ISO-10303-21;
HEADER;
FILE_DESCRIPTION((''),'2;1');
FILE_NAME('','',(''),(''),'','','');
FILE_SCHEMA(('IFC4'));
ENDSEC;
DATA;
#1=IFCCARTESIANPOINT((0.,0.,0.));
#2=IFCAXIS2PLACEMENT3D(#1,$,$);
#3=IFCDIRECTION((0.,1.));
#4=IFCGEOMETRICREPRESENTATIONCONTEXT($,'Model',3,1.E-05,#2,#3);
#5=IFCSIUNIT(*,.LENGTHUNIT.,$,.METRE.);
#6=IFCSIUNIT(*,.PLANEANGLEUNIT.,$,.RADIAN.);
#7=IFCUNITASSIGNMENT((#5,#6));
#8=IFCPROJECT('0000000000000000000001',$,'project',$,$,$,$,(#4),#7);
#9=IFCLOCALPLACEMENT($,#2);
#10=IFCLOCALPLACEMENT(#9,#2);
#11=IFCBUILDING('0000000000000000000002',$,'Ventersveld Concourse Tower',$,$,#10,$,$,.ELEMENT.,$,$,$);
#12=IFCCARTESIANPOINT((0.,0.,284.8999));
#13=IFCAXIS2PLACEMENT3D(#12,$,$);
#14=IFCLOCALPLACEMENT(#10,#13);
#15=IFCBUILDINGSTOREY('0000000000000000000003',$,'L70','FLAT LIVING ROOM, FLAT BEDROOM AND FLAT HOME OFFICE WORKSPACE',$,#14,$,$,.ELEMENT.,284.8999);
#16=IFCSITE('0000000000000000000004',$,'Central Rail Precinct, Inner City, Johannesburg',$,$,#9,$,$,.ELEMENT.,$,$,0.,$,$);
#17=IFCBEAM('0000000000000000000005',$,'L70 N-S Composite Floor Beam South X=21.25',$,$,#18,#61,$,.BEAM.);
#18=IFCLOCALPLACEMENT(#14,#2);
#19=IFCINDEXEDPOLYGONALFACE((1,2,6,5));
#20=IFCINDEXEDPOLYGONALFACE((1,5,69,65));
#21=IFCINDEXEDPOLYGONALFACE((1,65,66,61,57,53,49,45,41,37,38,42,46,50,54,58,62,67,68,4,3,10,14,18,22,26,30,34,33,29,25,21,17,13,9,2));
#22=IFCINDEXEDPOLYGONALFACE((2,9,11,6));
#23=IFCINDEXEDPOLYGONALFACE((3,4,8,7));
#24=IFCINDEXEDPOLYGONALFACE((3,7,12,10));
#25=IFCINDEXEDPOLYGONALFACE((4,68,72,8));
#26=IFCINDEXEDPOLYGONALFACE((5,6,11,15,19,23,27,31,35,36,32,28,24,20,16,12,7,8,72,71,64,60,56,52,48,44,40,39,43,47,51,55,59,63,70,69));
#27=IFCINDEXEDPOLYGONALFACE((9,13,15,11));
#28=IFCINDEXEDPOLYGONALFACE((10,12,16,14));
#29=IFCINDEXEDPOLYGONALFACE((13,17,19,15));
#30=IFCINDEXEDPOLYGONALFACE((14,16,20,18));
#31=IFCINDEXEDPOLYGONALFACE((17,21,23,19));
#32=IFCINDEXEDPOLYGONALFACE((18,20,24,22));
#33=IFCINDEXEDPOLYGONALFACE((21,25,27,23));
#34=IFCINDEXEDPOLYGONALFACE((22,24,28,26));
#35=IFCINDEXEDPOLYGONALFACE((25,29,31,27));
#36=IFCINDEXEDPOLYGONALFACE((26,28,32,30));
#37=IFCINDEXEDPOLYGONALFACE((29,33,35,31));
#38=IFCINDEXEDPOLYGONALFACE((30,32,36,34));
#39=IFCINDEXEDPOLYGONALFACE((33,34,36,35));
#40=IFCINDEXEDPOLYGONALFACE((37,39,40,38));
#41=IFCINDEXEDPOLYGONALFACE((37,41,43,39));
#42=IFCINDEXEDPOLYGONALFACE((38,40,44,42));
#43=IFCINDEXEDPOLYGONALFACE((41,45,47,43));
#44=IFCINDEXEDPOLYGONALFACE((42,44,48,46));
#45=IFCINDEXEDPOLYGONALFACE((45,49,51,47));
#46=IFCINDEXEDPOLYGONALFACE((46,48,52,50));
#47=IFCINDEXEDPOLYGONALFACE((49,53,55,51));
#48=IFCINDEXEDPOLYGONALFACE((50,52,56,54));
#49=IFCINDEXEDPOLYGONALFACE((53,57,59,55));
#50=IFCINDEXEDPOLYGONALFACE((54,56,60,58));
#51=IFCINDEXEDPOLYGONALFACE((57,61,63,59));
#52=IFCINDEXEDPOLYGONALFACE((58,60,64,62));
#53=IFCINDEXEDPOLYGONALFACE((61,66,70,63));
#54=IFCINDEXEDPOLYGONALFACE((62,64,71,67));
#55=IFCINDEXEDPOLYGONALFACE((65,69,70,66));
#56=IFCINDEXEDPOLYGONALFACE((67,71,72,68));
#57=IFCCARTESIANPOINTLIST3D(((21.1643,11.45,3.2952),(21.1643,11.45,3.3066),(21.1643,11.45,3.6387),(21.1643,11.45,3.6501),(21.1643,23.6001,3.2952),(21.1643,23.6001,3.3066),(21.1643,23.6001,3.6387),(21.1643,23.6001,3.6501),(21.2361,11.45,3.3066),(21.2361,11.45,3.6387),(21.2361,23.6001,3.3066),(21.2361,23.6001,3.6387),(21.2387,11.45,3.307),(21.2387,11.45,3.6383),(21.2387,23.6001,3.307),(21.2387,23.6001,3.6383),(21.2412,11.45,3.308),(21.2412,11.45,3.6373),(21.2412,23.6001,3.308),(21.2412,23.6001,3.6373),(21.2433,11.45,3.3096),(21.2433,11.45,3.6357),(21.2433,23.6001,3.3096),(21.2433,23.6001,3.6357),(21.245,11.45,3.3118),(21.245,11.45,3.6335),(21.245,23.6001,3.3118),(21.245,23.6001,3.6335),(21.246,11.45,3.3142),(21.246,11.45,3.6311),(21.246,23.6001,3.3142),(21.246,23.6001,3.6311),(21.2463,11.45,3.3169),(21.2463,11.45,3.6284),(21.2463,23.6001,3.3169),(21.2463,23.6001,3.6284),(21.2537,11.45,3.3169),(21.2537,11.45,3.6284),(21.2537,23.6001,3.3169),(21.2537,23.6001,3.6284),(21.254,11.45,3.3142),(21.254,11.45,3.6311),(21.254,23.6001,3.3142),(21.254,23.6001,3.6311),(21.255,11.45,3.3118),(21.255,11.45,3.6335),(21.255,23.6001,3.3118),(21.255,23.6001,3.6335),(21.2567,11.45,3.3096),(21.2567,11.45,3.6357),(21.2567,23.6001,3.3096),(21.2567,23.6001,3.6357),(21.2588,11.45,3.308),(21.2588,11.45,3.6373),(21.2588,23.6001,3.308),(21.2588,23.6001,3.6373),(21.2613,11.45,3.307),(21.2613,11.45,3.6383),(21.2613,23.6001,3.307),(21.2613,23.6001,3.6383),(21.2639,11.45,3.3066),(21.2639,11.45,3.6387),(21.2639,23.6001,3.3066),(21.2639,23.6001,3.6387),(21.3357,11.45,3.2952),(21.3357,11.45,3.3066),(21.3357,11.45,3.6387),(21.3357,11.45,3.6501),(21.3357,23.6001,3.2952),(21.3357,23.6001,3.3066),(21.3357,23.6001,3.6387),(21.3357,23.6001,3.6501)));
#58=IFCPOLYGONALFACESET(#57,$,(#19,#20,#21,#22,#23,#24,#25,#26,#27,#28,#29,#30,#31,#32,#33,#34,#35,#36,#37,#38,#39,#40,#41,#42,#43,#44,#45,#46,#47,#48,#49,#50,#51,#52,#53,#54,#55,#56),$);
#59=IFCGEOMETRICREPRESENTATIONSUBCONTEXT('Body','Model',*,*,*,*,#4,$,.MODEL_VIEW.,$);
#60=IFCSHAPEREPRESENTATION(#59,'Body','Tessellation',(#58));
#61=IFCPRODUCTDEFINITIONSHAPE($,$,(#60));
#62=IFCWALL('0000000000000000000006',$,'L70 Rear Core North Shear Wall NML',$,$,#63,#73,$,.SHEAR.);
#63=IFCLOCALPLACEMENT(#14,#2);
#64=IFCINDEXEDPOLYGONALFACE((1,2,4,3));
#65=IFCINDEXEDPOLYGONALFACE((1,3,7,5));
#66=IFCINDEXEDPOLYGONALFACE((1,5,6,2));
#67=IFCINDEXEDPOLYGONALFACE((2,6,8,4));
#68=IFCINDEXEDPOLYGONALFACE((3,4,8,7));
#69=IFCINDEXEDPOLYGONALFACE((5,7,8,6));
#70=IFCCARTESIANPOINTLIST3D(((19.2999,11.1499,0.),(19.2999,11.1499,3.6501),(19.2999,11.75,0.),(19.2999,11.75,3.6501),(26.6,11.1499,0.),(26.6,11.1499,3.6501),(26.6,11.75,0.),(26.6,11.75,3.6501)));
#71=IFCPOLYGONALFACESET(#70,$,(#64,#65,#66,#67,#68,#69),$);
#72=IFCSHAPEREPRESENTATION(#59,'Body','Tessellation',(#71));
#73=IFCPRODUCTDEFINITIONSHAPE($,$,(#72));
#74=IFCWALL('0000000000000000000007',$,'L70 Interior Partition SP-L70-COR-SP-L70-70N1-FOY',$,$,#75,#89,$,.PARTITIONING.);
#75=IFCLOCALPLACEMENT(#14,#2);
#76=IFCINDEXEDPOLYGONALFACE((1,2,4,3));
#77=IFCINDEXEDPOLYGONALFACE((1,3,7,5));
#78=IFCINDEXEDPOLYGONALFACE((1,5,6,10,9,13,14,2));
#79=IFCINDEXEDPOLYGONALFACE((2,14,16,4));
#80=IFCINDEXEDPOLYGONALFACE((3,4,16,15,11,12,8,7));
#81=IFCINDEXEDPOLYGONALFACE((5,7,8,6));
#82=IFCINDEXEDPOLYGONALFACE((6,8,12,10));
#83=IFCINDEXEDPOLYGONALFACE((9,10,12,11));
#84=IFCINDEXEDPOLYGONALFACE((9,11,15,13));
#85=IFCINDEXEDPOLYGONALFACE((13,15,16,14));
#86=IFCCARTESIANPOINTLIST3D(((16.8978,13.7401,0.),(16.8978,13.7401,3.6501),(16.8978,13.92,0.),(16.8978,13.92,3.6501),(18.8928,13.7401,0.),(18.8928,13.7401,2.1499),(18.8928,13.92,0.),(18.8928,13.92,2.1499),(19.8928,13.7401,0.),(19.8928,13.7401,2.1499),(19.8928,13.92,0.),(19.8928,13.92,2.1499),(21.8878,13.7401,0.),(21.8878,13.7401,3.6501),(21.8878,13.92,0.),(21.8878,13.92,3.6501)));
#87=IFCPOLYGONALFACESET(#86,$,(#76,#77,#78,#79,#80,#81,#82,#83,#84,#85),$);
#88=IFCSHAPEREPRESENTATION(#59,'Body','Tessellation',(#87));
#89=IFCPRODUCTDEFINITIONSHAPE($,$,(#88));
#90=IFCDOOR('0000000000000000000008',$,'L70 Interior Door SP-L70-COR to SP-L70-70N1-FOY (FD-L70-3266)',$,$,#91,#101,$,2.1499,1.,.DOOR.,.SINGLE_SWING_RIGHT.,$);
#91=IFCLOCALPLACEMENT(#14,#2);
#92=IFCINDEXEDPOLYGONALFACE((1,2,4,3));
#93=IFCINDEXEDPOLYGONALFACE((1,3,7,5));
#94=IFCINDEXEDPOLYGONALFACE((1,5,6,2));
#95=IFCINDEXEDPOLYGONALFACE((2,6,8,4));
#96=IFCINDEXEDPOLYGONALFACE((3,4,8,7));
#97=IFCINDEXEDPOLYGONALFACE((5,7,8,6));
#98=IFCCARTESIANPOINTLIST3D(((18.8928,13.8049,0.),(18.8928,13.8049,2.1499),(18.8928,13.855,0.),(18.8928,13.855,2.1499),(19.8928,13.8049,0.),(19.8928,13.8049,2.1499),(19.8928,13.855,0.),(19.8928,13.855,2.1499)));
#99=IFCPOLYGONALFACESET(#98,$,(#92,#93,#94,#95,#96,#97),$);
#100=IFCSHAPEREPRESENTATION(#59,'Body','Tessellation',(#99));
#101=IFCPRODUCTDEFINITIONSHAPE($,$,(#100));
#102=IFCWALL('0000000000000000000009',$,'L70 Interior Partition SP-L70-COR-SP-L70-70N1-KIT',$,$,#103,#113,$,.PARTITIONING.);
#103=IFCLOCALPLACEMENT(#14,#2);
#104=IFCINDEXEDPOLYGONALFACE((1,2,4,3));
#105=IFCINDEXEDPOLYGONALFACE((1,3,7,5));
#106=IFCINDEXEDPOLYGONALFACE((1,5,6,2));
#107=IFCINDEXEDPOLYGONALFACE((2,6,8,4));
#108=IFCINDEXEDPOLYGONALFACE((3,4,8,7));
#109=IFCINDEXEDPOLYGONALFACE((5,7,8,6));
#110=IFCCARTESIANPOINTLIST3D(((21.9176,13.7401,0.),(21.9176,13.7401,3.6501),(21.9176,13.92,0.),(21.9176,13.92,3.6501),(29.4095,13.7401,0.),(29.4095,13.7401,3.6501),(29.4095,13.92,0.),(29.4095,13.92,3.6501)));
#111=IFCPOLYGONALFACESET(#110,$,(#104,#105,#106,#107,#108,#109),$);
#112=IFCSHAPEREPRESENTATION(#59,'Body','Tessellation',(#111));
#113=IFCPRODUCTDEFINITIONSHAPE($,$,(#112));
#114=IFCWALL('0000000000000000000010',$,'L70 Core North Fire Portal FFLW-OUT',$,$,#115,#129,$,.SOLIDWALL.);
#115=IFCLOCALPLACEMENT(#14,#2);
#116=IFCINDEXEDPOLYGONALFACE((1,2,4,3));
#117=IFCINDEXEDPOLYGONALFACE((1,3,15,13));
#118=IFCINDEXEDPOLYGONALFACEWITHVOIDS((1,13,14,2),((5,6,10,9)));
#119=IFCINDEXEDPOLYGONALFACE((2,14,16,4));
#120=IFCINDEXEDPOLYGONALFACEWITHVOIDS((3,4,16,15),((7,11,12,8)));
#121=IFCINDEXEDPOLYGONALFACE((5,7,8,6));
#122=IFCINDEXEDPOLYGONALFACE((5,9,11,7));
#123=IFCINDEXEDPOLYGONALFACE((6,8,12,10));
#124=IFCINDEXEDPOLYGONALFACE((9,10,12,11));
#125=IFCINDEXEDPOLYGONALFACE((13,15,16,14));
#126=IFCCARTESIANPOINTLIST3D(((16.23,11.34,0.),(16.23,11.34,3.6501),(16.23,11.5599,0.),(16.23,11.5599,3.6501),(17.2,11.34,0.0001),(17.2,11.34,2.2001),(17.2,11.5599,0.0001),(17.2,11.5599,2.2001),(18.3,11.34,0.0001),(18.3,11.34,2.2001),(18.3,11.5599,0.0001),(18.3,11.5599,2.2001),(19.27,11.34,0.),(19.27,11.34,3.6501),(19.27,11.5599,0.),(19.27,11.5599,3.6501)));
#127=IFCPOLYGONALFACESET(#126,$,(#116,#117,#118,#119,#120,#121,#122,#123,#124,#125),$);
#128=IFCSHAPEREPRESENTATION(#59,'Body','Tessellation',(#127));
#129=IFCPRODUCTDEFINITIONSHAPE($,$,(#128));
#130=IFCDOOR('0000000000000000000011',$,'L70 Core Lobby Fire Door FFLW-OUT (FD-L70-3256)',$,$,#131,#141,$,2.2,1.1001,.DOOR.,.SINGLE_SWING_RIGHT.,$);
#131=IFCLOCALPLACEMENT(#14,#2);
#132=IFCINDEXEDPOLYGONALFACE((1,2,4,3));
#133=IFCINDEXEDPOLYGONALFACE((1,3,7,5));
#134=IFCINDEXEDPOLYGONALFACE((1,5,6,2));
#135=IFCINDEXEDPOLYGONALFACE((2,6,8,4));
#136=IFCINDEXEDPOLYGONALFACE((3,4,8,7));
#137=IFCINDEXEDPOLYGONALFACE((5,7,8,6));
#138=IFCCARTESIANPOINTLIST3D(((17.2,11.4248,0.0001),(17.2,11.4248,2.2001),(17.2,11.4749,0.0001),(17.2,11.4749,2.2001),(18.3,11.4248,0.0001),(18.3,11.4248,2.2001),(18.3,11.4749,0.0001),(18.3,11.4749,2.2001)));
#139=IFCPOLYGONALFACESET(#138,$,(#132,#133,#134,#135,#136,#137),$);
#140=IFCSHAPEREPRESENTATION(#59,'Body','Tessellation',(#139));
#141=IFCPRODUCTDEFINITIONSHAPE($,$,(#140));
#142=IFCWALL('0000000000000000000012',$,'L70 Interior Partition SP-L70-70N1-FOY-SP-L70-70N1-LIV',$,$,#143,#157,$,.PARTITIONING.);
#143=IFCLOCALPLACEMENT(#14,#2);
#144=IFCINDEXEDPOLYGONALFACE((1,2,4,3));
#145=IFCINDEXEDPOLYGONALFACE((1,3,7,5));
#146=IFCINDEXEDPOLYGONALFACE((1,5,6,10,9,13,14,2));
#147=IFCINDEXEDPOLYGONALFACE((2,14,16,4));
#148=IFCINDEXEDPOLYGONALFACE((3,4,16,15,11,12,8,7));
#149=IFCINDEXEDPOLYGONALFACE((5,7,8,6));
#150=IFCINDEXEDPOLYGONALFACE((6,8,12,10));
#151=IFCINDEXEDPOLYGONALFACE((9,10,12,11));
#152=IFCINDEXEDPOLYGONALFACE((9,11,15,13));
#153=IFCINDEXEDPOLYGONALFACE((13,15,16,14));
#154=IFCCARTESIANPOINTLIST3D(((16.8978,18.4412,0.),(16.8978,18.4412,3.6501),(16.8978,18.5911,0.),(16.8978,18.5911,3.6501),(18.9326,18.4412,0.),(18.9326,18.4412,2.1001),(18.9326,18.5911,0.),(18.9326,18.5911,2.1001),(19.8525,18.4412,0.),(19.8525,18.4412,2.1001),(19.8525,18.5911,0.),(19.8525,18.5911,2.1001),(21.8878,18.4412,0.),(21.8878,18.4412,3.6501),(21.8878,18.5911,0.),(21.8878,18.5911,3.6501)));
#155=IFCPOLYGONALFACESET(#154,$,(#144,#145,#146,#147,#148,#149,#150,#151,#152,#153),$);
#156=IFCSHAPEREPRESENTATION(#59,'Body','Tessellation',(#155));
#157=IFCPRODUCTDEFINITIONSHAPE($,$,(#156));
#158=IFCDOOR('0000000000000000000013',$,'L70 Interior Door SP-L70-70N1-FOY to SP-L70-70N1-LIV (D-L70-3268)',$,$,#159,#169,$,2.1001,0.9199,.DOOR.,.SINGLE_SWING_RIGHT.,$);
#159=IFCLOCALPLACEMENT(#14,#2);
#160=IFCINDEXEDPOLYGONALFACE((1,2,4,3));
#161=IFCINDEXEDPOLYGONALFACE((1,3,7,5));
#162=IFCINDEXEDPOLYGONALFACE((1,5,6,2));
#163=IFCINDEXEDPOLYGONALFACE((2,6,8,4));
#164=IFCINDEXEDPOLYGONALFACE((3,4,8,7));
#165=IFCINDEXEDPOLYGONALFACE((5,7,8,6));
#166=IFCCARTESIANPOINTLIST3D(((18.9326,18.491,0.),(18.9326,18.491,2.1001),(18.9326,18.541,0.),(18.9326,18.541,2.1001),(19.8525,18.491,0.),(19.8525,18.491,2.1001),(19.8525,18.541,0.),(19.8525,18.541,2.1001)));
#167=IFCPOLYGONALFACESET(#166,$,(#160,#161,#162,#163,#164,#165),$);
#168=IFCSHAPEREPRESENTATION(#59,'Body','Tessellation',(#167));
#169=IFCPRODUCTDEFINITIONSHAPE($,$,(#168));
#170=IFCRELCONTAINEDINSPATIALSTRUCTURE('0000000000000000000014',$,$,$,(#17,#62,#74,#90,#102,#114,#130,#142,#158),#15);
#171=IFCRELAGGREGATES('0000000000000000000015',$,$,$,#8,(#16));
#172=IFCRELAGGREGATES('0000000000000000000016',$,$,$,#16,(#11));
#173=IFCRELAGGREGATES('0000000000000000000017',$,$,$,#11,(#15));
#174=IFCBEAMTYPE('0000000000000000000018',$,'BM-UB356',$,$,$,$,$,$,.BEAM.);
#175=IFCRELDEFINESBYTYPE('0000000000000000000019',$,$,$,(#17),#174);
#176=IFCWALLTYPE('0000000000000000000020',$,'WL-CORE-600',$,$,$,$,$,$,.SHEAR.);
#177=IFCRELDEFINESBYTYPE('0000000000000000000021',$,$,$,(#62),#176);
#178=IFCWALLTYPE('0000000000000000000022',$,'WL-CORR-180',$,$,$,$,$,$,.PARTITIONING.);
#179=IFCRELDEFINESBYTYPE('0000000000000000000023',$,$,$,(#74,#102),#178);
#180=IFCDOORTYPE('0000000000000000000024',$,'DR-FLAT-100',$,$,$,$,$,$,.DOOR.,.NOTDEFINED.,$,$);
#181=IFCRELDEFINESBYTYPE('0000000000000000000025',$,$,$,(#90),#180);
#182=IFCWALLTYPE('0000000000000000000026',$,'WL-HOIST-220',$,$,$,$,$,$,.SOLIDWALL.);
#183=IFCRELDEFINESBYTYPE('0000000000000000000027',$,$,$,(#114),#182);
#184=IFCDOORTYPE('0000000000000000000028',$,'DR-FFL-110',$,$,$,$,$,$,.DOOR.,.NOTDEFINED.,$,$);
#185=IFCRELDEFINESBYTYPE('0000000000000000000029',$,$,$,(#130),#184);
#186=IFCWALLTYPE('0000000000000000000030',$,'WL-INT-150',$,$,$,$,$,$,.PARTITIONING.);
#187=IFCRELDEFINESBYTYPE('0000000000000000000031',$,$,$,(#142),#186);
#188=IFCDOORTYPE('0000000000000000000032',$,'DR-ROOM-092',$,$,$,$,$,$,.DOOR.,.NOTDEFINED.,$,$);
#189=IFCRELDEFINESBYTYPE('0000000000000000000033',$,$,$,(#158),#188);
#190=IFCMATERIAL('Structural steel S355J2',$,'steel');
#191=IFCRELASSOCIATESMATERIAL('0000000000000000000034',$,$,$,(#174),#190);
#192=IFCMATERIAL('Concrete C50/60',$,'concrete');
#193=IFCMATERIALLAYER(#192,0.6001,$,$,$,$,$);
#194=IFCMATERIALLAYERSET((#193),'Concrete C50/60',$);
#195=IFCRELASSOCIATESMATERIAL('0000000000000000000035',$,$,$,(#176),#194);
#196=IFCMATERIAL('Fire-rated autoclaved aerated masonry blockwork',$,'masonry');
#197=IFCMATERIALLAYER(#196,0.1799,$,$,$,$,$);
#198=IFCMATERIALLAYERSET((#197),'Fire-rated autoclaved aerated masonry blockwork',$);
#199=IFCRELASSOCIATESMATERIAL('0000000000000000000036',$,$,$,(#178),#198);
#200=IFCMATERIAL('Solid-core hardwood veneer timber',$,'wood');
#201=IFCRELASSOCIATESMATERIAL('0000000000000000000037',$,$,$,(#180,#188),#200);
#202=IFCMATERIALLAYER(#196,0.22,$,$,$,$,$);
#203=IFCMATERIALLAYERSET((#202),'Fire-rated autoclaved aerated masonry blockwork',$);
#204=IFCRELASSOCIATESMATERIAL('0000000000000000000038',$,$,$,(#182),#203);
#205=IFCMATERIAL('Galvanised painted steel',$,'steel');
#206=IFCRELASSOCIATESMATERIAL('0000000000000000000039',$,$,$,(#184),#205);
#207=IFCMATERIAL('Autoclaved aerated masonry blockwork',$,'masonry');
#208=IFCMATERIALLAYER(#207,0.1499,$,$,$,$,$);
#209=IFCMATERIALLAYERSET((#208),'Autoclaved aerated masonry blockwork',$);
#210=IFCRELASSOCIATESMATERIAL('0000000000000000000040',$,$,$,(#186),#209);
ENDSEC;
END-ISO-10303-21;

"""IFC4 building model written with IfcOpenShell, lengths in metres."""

from ifc_helpers import new_model, si_unit, direction, frame, frame_2d, origin, origin_2d, place, context, subcontext, project, spatial, rectangle, i_section, extrude, material, layer, layer_set, material_profile, profile_set, type_object, element, fill, save


model = new_model("IFC4")

# Units and contexts
model_context = context("Model", 3, precision=1e-05, world=origin(), true_north=direction((0.0, 1.0)))
body_context = subcontext(model_context, "Body", "Model", "MODEL_VIEW")
ifc_project = project(units=[si_unit("LENGTHUNIT", "METRE"), si_unit("PLANEANGLEUNIT", "RADIAN")], contexts=[model_context])

# Site, building, storey
site_placement = place(None, origin())
site = spatial("IfcSite", under=ifc_project, at=site_placement, Name="Central Rail Precinct, Inner City, Johannesburg", CompositionType="ELEMENT", RefElevation=0.0)
building_placement = place(site_placement, origin())
building = spatial("IfcBuilding", under=site, at=building_placement, Name="Ventersveld Concourse Tower", CompositionType="ELEMENT")
storey_placement = place(building_placement, frame((0.0, 0.0, 284.8999)))
storey = spatial("IfcBuildingStorey", under=building, at=storey_placement, Name="L70", Description="FLAT LIVING ROOM, FLAT BEDROOM AND FLAT HOME OFFICE WORKSPACE", CompositionType="ELEMENT", Elevation=284.8999)

# Beam
ifc_material_1 = material(Name="Structural steel S355J2", Category="steel")
ifc_material_profile = material_profile(ifc_material_1, i_section(OverallWidth=0.1714, OverallDepth=0.355, WebThickness=0.0073, FlangeThickness=0.0115, FilletRadius=0.0103, at=origin_2d()), Name="UB 356x171x51")
ifc_profile_set = profile_set([ifc_material_profile], Name="Structural steel S355J2")
beam_type = type_object("IfcBeamType", Name="BM-UB356", PredefinedType="BEAM", material=ifc_profile_set)
beam_placement = place(storey_placement, frame((21.25, 11.45, 3.4727), z_axis=(0.0, 1.0, 0.0), x_axis=(-1.0, 0.0, 0.0)))
element("IfcBeam", 1, at=beam_placement, inside=storey, type_object=beam_type, Name="L70 N-S Composite Floor Beam South X=21.25", PredefinedType="BEAM", context=body_context, shape_type="SweptSolid", body=[
    extrude(i_section(OverallWidth=0.1714, OverallDepth=0.355, WebThickness=0.0073, FlangeThickness=0.0115, FilletRadius=0.0103, at=origin_2d()), origin(), (0.0, 0.0, 1.0), 12.1501),
])

# Wall
ifc_material_2 = material(Name="Concrete C50/60", Category="concrete")
ifc_layer_1 = layer(ifc_material_2, 0.6001)
ifc_layer_set_1 = layer_set([ifc_layer_1], Name="Concrete C50/60")
wall_type_1 = type_object("IfcWallType", Name="WL-CORE-600", PredefinedType="SHEAR", material=ifc_layer_set_1)
wall_1_placement = place(storey_placement, frame((19.3, 11.45, 0.0), z_axis=(0.0, 0.0, 1.0), x_axis=(1.0, 0.0, 0.0)))
element("IfcWall", 2, at=wall_1_placement, inside=storey, type_object=wall_type_1, Name="L70 Rear Core North Shear Wall NML", PredefinedType="SHEAR", context=body_context, shape_type="SweptSolid", body=[
    extrude(rectangle(XDim=7.3, YDim=0.6001, at=frame_2d((3.6499, 0.0))), origin(), (0.0, 0.0, 1.0), 3.6501),
])

# Wall, opening, door
ifc_material_3 = material(Name="Fire-rated autoclaved aerated masonry blockwork", Category="masonry")
ifc_layer_2 = layer(ifc_material_3, 0.1799)
ifc_layer_set_2 = layer_set([ifc_layer_2], Name="Fire-rated autoclaved aerated masonry blockwork")
wall_type_2 = type_object("IfcWallType", Name="WL-CORR-180", PredefinedType="PARTITIONING", material=ifc_layer_set_2)
wall_2_placement = place(storey_placement, frame((16.8977, 13.8301, 0.0), z_axis=(0.0, 0.0, 1.0), x_axis=(1.0, 0.0, 0.0)))
wall_2 = element("IfcWall", 3, at=wall_2_placement, inside=storey, type_object=wall_type_2, Name="L70 Interior Partition SP-L70-COR-SP-L70-70N1-FOY", PredefinedType="PARTITIONING", context=body_context, shape_type="SweptSolid", body=[
    extrude(rectangle(XDim=4.99, YDim=0.1799, at=frame_2d((2.4951, 0.0))), origin(), (0.0, 0.0, 1.0), 3.6501),
])
opening_1_placement = place(wall_2_placement, frame((1.9951, 0.0, 0.0)))
opening_1 = element("IfcOpeningElement", 4, at=opening_1_placement, cuts=wall_2, PredefinedType="OPENING", context=body_context, shape_type="SweptSolid", body=[
    extrude(rectangle(XDim=1.0, YDim=2.1499, at=frame_2d((0.5, 1.075))), frame((0.0, 0.1001, 0.0), z_axis=(0.0, -1.0, 0.0), x_axis=(1.0, 0.0, 0.0)), (0.0, 0.0, 1.0), 0.2),
])
ifc_material_4 = material(Name="Solid-core hardwood veneer timber", Category="wood")
door_type_1 = type_object("IfcDoorType", Name="DR-FLAT-100", OperationType="NOTDEFINED", PredefinedType="DOOR", material=ifc_material_4)
door_1_placement = place(opening_1_placement, origin())
door_1 = element("IfcDoor", 5, at=door_1_placement, inside=storey, type_object=door_type_1, Name="L70 Interior Door SP-L70-COR to SP-L70-70N1-FOY (FD-L70-3266)", OperationType="SINGLE_SWING_RIGHT", OverallHeight=2.1499, OverallWidth=1.0, PredefinedType="DOOR", context=body_context, shape_type="SweptSolid", body=[
    extrude(rectangle(XDim=1.0, YDim=2.1499, at=frame_2d((0.5, 1.075))), frame((0.0, 0.0249, 0.0), z_axis=(0.0, -1.0, 0.0), x_axis=(1.0, 0.0, 0.0)), (0.0, 0.0, 1.0), 0.05),
])
fill(opening_1, door_1)

# Wall
wall_3_placement = place(storey_placement, frame((21.9175, 13.8301, 0.0), z_axis=(0.0, 0.0, 1.0), x_axis=(1.0, 0.0, 0.0)))
element("IfcWall", 6, at=wall_3_placement, inside=storey, type_object=wall_type_2, Name="L70 Interior Partition SP-L70-COR-SP-L70-70N1-KIT", PredefinedType="PARTITIONING", context=body_context, shape_type="SweptSolid", body=[
    extrude(rectangle(XDim=7.4919, YDim=0.1799, at=frame_2d((3.7461, 0.0))), origin(), (0.0, 0.0, 1.0), 3.6501),
])

# Walls, openings, doors
ifc_layer_3 = layer(ifc_material_3, 0.22)
ifc_layer_set_3 = layer_set([ifc_layer_3], Name="Fire-rated autoclaved aerated masonry blockwork")
wall_type_3 = type_object("IfcWallType", Name="WL-HOIST-220", PredefinedType="SOLIDWALL", material=ifc_layer_set_3)
wall_4_placement = place(storey_placement, frame((16.23, 11.45, 0.0), z_axis=(0.0, 0.0, 1.0), x_axis=(1.0, 0.0, 0.0)))
wall_4 = element("IfcWall", 7, at=wall_4_placement, inside=storey, type_object=wall_type_3, Name="L70 Core North Fire Portal FFLW-OUT", PredefinedType="SOLIDWALL", context=body_context, shape_type="SweptSolid", body=[
    extrude(rectangle(XDim=3.04, YDim=0.22, at=frame_2d((1.52, 0.0))), origin(), (0.0, 0.0, 1.0), 3.6501),
])
opening_2_placement = place(wall_4_placement, frame((0.97, 0.0, 0.0)))
opening_2 = element("IfcOpeningElement", 8, at=opening_2_placement, cuts=wall_4, PredefinedType="OPENING", context=body_context, shape_type="SweptSolid", body=[
    extrude(rectangle(XDim=1.1001, YDim=2.2, at=frame_2d((0.55, 1.1001))), frame((0.0, 0.1201, 0.0), z_axis=(0.0, -1.0, 0.0), x_axis=(1.0, 0.0, 0.0)), (0.0, 0.0, 1.0), 0.24),
])
ifc_material_5 = material(Name="Galvanised painted steel", Category="steel")
door_type_2 = type_object("IfcDoorType", Name="DR-FFL-110", OperationType="NOTDEFINED", PredefinedType="DOOR", material=ifc_material_5)
door_2_placement = place(opening_2_placement, origin())
door_2 = element("IfcDoor", 9, at=door_2_placement, inside=storey, type_object=door_type_2, Name="L70 Core Lobby Fire Door FFLW-OUT (FD-L70-3256)", OperationType="SINGLE_SWING_RIGHT", OverallHeight=2.2, OverallWidth=1.1001, PredefinedType="DOOR", context=body_context, shape_type="SweptSolid", body=[
    extrude(rectangle(XDim=1.1001, YDim=2.2, at=frame_2d((0.55, 1.1001))), frame((0.0, 0.0249, 0.0), z_axis=(0.0, -1.0, 0.0), x_axis=(1.0, 0.0, 0.0)), (0.0, 0.0, 1.0), 0.05),
])
fill(opening_2, door_2)
ifc_material_6 = material(Name="Autoclaved aerated masonry blockwork", Category="masonry")
ifc_layer_4 = layer(ifc_material_6, 0.1499)
ifc_layer_set_4 = layer_set([ifc_layer_4], Name="Autoclaved aerated masonry blockwork")
wall_type_4 = type_object("IfcWallType", Name="WL-INT-150", PredefinedType="PARTITIONING", material=ifc_layer_set_4)
wall_5_placement = place(storey_placement, frame((16.8977, 18.5161, 0.0), z_axis=(0.0, 0.0, 1.0), x_axis=(1.0, 0.0, 0.0)))
wall_5 = element("IfcWall", 10, at=wall_5_placement, inside=storey, type_object=wall_type_4, Name="L70 Interior Partition SP-L70-70N1-FOY-SP-L70-70N1-LIV", PredefinedType="PARTITIONING", context=body_context, shape_type="SweptSolid", body=[
    extrude(rectangle(XDim=4.99, YDim=0.1499, at=frame_2d((2.4951, 0.0))), origin(), (0.0, 0.0, 1.0), 3.6501),
])
opening_3_placement = place(wall_5_placement, frame((2.0349, 0.0, 0.0)))
opening_3 = element("IfcOpeningElement", 11, at=opening_3_placement, cuts=wall_5, PredefinedType="OPENING", context=body_context, shape_type="SweptSolid", body=[
    extrude(rectangle(XDim=0.9199, YDim=2.1001, at=frame_2d((0.46, 1.05))), frame((0.0, 0.085, 0.0), z_axis=(0.0, -1.0, 0.0), x_axis=(1.0, 0.0, 0.0)), (0.0, 0.0, 1.0), 0.1699),
])
door_type_3 = type_object("IfcDoorType", Name="DR-ROOM-092", OperationType="NOTDEFINED", PredefinedType="DOOR", material=ifc_material_4)
door_3_placement = place(opening_3_placement, origin())
door_3 = element("IfcDoor", 12, at=door_3_placement, inside=storey, type_object=door_type_3, Name="L70 Interior Door SP-L70-70N1-FOY to SP-L70-70N1-LIV (D-L70-3268)", OperationType="SINGLE_SWING_RIGHT", OverallHeight=2.1001, OverallWidth=0.9199, PredefinedType="DOOR", context=body_context, shape_type="SweptSolid", body=[
    extrude(rectangle(XDim=0.9199, YDim=2.1001, at=frame_2d((0.46, 1.05))), frame((0.0, 0.0249, 0.0), z_axis=(0.0, -1.0, 0.0), x_axis=(1.0, 0.0, 0.0)), (0.0, 0.0, 1.0), 0.05),
])
fill(opening_3, door_3)

save(model, "model.ifc")
